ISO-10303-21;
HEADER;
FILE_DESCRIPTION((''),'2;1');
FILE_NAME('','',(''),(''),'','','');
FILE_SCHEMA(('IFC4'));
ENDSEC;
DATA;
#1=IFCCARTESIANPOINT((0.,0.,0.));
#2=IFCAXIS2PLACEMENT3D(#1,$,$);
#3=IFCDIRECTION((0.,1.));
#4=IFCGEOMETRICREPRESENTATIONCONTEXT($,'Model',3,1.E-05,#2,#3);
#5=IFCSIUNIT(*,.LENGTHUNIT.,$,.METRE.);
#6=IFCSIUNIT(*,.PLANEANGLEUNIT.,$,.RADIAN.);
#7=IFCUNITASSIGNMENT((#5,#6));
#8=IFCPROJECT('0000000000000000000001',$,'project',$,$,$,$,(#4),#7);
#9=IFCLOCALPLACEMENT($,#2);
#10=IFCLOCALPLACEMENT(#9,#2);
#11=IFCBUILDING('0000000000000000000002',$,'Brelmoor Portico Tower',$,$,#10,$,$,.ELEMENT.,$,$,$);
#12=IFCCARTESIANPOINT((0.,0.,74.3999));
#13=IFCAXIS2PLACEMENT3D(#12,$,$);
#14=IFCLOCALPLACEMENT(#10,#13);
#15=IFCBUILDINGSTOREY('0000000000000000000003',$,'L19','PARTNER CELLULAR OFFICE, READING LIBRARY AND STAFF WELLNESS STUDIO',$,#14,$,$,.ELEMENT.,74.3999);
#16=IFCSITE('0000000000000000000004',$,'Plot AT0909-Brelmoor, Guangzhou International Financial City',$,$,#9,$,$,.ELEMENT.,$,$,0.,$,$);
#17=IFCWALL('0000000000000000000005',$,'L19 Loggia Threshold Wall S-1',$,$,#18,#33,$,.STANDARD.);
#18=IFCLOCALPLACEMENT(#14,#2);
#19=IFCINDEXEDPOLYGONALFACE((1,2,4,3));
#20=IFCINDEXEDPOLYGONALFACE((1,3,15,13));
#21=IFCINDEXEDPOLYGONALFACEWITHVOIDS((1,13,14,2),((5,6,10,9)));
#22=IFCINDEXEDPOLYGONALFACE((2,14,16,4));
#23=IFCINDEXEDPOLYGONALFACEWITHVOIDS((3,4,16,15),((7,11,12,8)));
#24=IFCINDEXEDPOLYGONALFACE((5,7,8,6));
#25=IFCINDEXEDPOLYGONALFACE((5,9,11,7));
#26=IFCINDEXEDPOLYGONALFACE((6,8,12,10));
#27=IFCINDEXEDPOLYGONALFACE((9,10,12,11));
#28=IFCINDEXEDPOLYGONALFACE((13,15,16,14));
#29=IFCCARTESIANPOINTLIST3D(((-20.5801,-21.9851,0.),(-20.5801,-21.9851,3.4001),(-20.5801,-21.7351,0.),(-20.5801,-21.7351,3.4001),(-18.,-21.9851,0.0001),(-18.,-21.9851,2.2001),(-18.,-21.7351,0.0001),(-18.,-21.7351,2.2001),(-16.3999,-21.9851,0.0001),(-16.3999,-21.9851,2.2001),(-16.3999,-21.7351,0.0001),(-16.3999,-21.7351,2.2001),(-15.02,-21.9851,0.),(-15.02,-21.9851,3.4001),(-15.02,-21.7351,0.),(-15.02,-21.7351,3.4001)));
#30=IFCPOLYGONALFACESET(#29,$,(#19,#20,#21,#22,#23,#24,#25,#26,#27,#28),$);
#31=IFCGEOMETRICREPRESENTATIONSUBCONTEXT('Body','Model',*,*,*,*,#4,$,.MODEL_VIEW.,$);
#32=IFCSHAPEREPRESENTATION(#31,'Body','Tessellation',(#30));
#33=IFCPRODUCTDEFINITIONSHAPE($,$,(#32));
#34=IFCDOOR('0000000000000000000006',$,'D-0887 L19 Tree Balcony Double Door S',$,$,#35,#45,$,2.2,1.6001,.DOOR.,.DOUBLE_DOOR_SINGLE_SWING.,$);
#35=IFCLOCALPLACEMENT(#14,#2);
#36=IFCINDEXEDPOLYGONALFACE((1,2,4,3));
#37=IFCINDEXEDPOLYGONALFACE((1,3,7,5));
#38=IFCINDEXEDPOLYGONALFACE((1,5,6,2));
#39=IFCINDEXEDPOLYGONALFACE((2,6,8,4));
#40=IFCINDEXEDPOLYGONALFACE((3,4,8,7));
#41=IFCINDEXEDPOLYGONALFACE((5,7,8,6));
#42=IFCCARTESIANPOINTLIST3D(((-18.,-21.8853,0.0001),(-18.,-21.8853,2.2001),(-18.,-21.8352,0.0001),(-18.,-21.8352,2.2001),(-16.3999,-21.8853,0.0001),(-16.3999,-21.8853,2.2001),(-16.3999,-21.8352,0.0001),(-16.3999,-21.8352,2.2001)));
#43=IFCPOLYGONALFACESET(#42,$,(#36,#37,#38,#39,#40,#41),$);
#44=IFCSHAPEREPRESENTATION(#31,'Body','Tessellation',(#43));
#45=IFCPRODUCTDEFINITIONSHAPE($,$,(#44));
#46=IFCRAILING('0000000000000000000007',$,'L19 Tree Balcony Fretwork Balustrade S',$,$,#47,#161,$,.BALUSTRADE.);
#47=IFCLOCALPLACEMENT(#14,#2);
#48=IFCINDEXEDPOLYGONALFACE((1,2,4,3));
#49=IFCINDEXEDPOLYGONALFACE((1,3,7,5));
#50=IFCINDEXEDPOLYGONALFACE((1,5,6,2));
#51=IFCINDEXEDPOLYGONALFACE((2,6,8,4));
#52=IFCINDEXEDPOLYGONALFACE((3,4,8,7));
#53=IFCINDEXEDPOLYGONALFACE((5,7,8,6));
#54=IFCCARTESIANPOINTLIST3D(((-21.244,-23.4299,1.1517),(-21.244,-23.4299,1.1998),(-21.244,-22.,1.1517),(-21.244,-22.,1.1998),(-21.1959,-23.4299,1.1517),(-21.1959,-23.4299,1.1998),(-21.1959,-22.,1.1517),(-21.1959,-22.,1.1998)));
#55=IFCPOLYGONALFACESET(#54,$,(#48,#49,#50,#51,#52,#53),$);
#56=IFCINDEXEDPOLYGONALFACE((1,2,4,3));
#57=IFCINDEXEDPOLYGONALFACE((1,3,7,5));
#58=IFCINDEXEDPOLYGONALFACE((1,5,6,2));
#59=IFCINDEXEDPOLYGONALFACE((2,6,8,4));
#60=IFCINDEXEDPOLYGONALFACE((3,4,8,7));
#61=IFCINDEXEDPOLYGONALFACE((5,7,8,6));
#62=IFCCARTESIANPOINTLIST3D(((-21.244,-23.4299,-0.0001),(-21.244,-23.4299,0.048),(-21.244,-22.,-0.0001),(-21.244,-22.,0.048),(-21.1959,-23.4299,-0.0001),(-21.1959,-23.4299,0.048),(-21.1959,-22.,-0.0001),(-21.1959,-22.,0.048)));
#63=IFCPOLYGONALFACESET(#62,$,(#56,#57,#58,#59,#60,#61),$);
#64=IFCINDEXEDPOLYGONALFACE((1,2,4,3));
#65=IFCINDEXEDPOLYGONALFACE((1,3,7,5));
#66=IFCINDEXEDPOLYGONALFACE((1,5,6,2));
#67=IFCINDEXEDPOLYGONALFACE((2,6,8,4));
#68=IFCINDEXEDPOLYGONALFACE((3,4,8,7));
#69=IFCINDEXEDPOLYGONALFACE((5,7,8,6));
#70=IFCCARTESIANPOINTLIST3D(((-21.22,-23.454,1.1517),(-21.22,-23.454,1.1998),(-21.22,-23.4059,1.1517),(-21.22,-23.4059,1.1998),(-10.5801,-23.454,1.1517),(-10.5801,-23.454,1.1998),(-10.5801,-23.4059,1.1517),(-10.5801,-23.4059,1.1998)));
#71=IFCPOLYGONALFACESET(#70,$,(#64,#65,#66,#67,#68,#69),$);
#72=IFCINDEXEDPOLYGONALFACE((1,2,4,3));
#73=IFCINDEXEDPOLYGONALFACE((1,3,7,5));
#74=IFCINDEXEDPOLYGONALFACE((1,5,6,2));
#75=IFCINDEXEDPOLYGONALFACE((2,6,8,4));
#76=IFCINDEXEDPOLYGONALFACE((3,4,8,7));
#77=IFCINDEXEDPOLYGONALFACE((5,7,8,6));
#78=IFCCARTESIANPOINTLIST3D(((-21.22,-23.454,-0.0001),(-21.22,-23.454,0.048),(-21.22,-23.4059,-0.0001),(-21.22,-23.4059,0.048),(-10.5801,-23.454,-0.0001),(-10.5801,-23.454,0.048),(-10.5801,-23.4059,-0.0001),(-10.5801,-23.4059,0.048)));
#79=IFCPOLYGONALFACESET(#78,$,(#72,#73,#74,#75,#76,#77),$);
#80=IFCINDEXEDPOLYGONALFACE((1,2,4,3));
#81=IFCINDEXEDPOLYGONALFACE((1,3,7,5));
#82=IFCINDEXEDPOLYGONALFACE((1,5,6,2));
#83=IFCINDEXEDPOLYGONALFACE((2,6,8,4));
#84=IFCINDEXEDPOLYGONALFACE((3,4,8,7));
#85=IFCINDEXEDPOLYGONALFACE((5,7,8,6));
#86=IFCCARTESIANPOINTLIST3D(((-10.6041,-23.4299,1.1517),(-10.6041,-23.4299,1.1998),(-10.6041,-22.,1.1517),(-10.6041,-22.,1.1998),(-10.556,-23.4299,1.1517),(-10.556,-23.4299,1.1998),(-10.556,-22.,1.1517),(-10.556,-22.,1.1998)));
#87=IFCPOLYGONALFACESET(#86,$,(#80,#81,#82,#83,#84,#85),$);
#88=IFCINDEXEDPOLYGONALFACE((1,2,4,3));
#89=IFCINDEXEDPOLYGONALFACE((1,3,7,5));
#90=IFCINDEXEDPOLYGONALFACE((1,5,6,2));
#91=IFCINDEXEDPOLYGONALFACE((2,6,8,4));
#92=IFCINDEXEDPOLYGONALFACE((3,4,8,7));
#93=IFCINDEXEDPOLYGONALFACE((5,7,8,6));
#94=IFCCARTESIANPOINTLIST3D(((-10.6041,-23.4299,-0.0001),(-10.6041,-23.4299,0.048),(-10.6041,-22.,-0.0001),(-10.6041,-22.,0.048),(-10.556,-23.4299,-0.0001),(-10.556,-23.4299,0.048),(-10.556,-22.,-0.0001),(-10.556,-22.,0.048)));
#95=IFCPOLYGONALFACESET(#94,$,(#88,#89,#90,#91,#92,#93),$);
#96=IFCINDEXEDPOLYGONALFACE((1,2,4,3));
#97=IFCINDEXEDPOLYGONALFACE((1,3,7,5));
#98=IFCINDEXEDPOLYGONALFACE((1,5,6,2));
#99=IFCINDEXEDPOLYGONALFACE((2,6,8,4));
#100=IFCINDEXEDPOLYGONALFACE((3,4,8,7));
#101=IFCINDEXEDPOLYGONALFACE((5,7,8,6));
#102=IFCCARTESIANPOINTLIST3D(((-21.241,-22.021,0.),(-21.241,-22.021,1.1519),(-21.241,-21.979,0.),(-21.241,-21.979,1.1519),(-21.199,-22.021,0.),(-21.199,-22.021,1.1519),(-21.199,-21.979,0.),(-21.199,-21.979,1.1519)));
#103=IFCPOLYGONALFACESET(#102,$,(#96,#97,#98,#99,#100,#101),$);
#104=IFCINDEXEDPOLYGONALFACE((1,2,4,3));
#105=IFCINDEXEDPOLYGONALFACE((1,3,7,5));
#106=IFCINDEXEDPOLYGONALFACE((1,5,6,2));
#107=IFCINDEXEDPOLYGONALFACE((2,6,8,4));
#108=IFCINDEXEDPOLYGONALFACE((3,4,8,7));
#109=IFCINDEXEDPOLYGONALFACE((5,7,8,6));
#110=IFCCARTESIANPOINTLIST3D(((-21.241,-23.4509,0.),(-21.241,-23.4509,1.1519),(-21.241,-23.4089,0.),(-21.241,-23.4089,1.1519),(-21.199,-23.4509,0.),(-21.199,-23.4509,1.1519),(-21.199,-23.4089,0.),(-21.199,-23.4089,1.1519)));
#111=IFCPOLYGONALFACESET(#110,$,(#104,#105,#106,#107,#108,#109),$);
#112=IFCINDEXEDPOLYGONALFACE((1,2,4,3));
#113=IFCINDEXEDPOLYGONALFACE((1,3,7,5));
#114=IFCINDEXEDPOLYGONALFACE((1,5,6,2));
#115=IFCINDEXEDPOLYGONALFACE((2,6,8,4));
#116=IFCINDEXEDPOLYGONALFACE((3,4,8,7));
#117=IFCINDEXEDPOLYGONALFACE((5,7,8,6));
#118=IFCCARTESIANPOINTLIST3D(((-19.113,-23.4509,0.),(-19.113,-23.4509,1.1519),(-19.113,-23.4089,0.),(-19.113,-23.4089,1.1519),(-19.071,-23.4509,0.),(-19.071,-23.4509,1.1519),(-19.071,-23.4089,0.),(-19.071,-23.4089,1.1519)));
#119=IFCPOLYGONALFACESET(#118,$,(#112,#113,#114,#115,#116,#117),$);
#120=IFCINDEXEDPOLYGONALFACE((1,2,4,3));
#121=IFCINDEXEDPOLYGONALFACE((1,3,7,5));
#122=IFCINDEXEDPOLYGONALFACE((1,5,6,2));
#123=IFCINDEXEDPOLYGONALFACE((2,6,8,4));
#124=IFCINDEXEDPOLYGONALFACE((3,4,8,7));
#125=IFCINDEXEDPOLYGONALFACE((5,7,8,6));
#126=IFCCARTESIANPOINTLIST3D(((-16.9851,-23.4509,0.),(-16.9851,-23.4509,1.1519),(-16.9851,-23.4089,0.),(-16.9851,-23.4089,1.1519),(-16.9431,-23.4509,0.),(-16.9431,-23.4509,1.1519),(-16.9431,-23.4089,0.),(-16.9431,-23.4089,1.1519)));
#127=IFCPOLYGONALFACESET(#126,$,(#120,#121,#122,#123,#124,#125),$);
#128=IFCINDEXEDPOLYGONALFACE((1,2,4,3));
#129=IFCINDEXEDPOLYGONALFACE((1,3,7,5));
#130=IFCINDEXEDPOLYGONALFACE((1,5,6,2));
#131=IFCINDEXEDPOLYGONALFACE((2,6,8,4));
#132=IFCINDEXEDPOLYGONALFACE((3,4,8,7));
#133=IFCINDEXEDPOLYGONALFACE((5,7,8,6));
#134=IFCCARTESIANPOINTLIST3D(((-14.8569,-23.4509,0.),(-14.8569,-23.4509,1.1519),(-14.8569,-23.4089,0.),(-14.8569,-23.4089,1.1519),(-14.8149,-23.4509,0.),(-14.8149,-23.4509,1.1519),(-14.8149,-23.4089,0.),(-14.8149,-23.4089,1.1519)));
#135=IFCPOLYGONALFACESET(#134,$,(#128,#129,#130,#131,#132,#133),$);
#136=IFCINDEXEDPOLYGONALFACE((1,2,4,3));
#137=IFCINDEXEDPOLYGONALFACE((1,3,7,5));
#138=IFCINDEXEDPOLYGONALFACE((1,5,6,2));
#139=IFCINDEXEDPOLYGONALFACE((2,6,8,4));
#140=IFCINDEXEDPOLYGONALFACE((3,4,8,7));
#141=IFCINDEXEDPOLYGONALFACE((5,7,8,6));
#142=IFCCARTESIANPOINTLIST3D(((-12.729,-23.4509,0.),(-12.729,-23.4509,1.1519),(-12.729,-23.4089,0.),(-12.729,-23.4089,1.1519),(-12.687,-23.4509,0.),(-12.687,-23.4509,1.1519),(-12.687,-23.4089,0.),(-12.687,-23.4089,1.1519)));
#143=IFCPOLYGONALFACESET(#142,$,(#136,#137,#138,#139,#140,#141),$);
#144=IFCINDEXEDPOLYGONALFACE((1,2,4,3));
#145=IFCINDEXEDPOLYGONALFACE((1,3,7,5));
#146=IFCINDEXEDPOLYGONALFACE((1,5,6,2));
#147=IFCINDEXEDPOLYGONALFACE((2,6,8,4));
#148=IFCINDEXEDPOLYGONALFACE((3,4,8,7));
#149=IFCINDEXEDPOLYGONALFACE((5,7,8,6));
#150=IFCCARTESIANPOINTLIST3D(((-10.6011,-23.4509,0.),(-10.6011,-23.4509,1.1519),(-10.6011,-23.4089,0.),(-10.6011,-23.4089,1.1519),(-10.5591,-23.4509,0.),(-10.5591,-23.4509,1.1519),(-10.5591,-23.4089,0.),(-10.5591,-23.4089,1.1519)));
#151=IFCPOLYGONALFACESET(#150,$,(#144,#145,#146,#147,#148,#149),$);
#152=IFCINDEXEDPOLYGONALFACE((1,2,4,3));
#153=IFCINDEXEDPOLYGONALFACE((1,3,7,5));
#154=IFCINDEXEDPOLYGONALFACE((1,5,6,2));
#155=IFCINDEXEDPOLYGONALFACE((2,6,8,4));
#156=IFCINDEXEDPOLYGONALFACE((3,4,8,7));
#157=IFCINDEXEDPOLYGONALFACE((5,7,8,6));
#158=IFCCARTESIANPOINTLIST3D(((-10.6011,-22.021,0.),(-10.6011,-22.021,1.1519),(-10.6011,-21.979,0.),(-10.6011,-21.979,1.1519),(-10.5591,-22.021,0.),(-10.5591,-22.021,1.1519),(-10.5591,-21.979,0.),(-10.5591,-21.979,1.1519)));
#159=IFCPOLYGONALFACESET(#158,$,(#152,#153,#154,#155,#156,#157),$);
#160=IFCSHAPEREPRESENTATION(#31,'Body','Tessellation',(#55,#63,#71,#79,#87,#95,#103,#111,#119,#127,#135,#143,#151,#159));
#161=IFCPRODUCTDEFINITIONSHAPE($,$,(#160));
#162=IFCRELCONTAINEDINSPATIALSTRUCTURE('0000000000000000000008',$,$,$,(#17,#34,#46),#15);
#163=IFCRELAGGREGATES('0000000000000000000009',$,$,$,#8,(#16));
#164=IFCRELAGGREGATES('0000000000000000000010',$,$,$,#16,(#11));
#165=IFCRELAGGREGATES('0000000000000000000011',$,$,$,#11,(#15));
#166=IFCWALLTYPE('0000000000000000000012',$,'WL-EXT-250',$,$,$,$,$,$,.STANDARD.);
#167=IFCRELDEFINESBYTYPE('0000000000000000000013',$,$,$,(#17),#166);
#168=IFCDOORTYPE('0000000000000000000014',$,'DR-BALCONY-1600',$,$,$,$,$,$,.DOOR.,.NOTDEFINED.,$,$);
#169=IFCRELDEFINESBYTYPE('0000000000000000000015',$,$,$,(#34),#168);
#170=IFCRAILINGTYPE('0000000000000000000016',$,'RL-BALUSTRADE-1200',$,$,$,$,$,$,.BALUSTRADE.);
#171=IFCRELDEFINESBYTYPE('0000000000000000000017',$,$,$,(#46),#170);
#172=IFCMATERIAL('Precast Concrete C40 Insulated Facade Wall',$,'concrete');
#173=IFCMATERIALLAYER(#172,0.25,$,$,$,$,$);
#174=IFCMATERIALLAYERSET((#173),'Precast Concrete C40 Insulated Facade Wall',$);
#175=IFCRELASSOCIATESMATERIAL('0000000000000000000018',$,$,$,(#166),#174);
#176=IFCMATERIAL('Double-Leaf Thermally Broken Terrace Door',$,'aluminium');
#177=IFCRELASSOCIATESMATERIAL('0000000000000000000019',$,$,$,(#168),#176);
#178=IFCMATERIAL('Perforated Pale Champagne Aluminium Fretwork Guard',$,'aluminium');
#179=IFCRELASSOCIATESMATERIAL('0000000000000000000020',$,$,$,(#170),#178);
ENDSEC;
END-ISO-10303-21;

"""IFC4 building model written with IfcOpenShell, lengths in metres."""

from ifc_helpers import new_model, si_unit, direction, frame, frame_2d, origin, origin_2d, place, context, subcontext, project, spatial, rectangle, extrude, material, layer, layer_set, type_object, element, fill, save


model = new_model("IFC4")

# Units and contexts
model_context = context("Model", 3, precision=1e-05, world=origin(), true_north=direction((0.0, 1.0)))
body_context = subcontext(model_context, "Body", "Model", "MODEL_VIEW")
ifc_project = project(units=[si_unit("LENGTHUNIT", "METRE"), si_unit("PLANEANGLEUNIT", "RADIAN")], contexts=[model_context])

# Site, building, storey
site_placement = place(None, origin())
site = spatial("IfcSite", under=ifc_project, at=site_placement, Name="Plot AT0909-Brelmoor, Guangzhou International Financial City", CompositionType="ELEMENT", RefElevation=0.0)
building_placement = place(site_placement, origin())
building = spatial("IfcBuilding", under=site, at=building_placement, Name="Brelmoor Portico Tower", CompositionType="ELEMENT")
storey_placement = place(building_placement, frame((0.0, 0.0, 74.3999)))
storey = spatial("IfcBuildingStorey", under=building, at=storey_placement, Name="L19", Description="PARTNER CELLULAR OFFICE, READING LIBRARY AND STAFF WELLNESS STUDIO", CompositionType="ELEMENT", Elevation=74.3999)

# Wall, opening, door
ifc_material_1 = material(Name="Precast Concrete C40 Insulated Facade Wall", Category="concrete")
ifc_layer_1 = layer(ifc_material_1, 0.25)
ifc_layer_set_1 = layer_set([ifc_layer_1], Name="Precast Concrete C40 Insulated Facade Wall")
wall_type = type_object("IfcWallType", Name="WL-EXT-250", PredefinedType="STANDARD", material=ifc_layer_set_1)
wall_placement = place(storey_placement, frame((-20.5801, -21.8601, 0.0), z_axis=(0.0, 0.0, 1.0), x_axis=(1.0, 0.0, 0.0)))
wall = element("IfcWall", 1, at=wall_placement, inside=storey, type_object=wall_type, Name="L19 Loggia Threshold Wall S-1", PredefinedType="STANDARD", context=body_context, shape_type="SweptSolid", body=[
    extrude(rectangle(XDim=5.5601, YDim=0.25, at=frame_2d((2.78, 0.0))), origin(), (0.0, 0.0, 1.0), 3.4001),
])
opening_placement = place(wall_placement, frame((2.5801, 0.0, 0.0)))
opening = element("IfcOpeningElement", 2, at=opening_placement, cuts=wall, PredefinedType="OPENING", context=body_context, shape_type="SweptSolid", body=[
    extrude(rectangle(XDim=1.6001, YDim=2.2, at=frame_2d((0.8, 1.1001))), frame((0.0, 0.135, 0.0), z_axis=(0.0, -1.0, 0.0), x_axis=(1.0, 0.0, 0.0)), (0.0, 0.0, 1.0), 0.27),
])
ifc_material_2 = material(Name="Double-Leaf Thermally Broken Terrace Door", Category="aluminium")
door_type = type_object("IfcDoorType", Name="DR-BALCONY-1600", OperationType="NOTDEFINED", PredefinedType="DOOR", material=ifc_material_2)
door_placement = place(opening_placement, origin())
door = element("IfcDoor", 3, at=door_placement, inside=storey, type_object=door_type, Name="D-0887 L19 Tree Balcony Double Door S", OperationType="DOUBLE_DOOR_SINGLE_SWING", OverallHeight=2.2, OverallWidth=1.6001, PredefinedType="DOOR", context=body_context, shape_type="SweptSolid", body=[
    extrude(rectangle(XDim=1.6001, YDim=2.2, at=frame_2d((0.8, 1.1001))), frame((0.0, 0.0249, 0.0), z_axis=(0.0, -1.0, 0.0), x_axis=(1.0, 0.0, 0.0)), (0.0, 0.0, 1.0), 0.05),
])
fill(opening, door)

# Railing
ifc_material_3 = material(Name="Perforated Pale Champagne Aluminium Fretwork Guard", Category="aluminium")
railing_type = type_object("IfcRailingType", Name="RL-BALUSTRADE-1200", PredefinedType="BALUSTRADE", material=ifc_material_3)
railing_1_placement = place(storey_placement, frame((-21.22, -22.0, 0.0)))
element("IfcRailing", 4, at=railing_1_placement, inside=storey, type_object=railing_type, Name="L19 Tree Balcony Fretwork Balustrade S", PredefinedType="BALUSTRADE", context=body_context, shape_type="SweptSolid", body=[
    extrude(rectangle(XDim=0.0481, YDim=0.0481, at=origin_2d()), frame((0.0, 0.0, 1.1758), z_axis=(0.0, -1.0, 0.0), x_axis=(1.0, 0.0, 0.0)), (0.0, 0.0, 1.0), 1.4299),
    extrude(rectangle(XDim=0.0481, YDim=0.0481, at=origin_2d()), frame((0.0, 0.0, 0.0239), z_axis=(0.0, -1.0, 0.0), x_axis=(1.0, 0.0, 0.0)), (0.0, 0.0, 1.0), 1.4299),
    extrude(rectangle(XDim=0.0481, YDim=0.0481, at=origin_2d()), frame((0.0, -1.4299, 1.1758), z_axis=(1.0, 0.0, 0.0), x_axis=(0.0, 1.0, 0.0)), (0.0, 0.0, 1.0), 10.6399),
    extrude(rectangle(XDim=0.0481, YDim=0.0481, at=origin_2d()), frame((0.0, -1.4299, 0.0239), z_axis=(1.0, 0.0, 0.0), x_axis=(0.0, 1.0, 0.0)), (0.0, 0.0, 1.0), 10.6399),
    extrude(rectangle(XDim=0.0481, YDim=0.0481, at=origin_2d()), frame((10.6399, -1.4299, 1.1758), z_axis=(0.0, 1.0, 0.0), x_axis=(-1.0, 0.0, 0.0)), (0.0, 0.0, 1.0), 1.4299),
    extrude(rectangle(XDim=0.0481, YDim=0.0481, at=origin_2d()), frame((10.6399, -1.4299, 0.0239), z_axis=(0.0, 1.0, 0.0), x_axis=(-1.0, 0.0, 0.0)), (0.0, 0.0, 1.0), 1.4299),
    extrude(rectangle(XDim=0.042, YDim=0.042, at=origin_2d()), origin(), (0.0, 0.0, 1.0), 1.1519),
    extrude(rectangle(XDim=0.042, YDim=0.042, at=origin_2d()), frame((0.0, -1.4299, 0.0)), (0.0, 0.0, 1.0), 1.1519),
    extrude(rectangle(XDim=0.042, YDim=0.042, at=origin_2d()), frame((2.1279, -1.4299, 0.0)), (0.0, 0.0, 1.0), 1.1519),
    extrude(rectangle(XDim=0.042, YDim=0.042, at=origin_2d()), frame((4.2559, -1.4299, 0.0)), (0.0, 0.0, 1.0), 1.1519),
    extrude(rectangle(XDim=0.042, YDim=0.042, at=origin_2d()), frame((6.384, -1.4299, 0.0)), (0.0, 0.0, 1.0), 1.1519),
    extrude(rectangle(XDim=0.042, YDim=0.042, at=origin_2d()), frame((8.512, -1.4299, 0.0)), (0.0, 0.0, 1.0), 1.1519),
    extrude(rectangle(XDim=0.042, YDim=0.042, at=origin_2d()), frame((10.6399, -1.4299, 0.0)), (0.0, 0.0, 1.0), 1.1519),
    extrude(rectangle(XDim=0.042, YDim=0.042, at=origin_2d()), frame((10.6399, 0.0, 0.0)), (0.0, 0.0, 1.0), 1.1519),
])

save(model, "model.ifc")
